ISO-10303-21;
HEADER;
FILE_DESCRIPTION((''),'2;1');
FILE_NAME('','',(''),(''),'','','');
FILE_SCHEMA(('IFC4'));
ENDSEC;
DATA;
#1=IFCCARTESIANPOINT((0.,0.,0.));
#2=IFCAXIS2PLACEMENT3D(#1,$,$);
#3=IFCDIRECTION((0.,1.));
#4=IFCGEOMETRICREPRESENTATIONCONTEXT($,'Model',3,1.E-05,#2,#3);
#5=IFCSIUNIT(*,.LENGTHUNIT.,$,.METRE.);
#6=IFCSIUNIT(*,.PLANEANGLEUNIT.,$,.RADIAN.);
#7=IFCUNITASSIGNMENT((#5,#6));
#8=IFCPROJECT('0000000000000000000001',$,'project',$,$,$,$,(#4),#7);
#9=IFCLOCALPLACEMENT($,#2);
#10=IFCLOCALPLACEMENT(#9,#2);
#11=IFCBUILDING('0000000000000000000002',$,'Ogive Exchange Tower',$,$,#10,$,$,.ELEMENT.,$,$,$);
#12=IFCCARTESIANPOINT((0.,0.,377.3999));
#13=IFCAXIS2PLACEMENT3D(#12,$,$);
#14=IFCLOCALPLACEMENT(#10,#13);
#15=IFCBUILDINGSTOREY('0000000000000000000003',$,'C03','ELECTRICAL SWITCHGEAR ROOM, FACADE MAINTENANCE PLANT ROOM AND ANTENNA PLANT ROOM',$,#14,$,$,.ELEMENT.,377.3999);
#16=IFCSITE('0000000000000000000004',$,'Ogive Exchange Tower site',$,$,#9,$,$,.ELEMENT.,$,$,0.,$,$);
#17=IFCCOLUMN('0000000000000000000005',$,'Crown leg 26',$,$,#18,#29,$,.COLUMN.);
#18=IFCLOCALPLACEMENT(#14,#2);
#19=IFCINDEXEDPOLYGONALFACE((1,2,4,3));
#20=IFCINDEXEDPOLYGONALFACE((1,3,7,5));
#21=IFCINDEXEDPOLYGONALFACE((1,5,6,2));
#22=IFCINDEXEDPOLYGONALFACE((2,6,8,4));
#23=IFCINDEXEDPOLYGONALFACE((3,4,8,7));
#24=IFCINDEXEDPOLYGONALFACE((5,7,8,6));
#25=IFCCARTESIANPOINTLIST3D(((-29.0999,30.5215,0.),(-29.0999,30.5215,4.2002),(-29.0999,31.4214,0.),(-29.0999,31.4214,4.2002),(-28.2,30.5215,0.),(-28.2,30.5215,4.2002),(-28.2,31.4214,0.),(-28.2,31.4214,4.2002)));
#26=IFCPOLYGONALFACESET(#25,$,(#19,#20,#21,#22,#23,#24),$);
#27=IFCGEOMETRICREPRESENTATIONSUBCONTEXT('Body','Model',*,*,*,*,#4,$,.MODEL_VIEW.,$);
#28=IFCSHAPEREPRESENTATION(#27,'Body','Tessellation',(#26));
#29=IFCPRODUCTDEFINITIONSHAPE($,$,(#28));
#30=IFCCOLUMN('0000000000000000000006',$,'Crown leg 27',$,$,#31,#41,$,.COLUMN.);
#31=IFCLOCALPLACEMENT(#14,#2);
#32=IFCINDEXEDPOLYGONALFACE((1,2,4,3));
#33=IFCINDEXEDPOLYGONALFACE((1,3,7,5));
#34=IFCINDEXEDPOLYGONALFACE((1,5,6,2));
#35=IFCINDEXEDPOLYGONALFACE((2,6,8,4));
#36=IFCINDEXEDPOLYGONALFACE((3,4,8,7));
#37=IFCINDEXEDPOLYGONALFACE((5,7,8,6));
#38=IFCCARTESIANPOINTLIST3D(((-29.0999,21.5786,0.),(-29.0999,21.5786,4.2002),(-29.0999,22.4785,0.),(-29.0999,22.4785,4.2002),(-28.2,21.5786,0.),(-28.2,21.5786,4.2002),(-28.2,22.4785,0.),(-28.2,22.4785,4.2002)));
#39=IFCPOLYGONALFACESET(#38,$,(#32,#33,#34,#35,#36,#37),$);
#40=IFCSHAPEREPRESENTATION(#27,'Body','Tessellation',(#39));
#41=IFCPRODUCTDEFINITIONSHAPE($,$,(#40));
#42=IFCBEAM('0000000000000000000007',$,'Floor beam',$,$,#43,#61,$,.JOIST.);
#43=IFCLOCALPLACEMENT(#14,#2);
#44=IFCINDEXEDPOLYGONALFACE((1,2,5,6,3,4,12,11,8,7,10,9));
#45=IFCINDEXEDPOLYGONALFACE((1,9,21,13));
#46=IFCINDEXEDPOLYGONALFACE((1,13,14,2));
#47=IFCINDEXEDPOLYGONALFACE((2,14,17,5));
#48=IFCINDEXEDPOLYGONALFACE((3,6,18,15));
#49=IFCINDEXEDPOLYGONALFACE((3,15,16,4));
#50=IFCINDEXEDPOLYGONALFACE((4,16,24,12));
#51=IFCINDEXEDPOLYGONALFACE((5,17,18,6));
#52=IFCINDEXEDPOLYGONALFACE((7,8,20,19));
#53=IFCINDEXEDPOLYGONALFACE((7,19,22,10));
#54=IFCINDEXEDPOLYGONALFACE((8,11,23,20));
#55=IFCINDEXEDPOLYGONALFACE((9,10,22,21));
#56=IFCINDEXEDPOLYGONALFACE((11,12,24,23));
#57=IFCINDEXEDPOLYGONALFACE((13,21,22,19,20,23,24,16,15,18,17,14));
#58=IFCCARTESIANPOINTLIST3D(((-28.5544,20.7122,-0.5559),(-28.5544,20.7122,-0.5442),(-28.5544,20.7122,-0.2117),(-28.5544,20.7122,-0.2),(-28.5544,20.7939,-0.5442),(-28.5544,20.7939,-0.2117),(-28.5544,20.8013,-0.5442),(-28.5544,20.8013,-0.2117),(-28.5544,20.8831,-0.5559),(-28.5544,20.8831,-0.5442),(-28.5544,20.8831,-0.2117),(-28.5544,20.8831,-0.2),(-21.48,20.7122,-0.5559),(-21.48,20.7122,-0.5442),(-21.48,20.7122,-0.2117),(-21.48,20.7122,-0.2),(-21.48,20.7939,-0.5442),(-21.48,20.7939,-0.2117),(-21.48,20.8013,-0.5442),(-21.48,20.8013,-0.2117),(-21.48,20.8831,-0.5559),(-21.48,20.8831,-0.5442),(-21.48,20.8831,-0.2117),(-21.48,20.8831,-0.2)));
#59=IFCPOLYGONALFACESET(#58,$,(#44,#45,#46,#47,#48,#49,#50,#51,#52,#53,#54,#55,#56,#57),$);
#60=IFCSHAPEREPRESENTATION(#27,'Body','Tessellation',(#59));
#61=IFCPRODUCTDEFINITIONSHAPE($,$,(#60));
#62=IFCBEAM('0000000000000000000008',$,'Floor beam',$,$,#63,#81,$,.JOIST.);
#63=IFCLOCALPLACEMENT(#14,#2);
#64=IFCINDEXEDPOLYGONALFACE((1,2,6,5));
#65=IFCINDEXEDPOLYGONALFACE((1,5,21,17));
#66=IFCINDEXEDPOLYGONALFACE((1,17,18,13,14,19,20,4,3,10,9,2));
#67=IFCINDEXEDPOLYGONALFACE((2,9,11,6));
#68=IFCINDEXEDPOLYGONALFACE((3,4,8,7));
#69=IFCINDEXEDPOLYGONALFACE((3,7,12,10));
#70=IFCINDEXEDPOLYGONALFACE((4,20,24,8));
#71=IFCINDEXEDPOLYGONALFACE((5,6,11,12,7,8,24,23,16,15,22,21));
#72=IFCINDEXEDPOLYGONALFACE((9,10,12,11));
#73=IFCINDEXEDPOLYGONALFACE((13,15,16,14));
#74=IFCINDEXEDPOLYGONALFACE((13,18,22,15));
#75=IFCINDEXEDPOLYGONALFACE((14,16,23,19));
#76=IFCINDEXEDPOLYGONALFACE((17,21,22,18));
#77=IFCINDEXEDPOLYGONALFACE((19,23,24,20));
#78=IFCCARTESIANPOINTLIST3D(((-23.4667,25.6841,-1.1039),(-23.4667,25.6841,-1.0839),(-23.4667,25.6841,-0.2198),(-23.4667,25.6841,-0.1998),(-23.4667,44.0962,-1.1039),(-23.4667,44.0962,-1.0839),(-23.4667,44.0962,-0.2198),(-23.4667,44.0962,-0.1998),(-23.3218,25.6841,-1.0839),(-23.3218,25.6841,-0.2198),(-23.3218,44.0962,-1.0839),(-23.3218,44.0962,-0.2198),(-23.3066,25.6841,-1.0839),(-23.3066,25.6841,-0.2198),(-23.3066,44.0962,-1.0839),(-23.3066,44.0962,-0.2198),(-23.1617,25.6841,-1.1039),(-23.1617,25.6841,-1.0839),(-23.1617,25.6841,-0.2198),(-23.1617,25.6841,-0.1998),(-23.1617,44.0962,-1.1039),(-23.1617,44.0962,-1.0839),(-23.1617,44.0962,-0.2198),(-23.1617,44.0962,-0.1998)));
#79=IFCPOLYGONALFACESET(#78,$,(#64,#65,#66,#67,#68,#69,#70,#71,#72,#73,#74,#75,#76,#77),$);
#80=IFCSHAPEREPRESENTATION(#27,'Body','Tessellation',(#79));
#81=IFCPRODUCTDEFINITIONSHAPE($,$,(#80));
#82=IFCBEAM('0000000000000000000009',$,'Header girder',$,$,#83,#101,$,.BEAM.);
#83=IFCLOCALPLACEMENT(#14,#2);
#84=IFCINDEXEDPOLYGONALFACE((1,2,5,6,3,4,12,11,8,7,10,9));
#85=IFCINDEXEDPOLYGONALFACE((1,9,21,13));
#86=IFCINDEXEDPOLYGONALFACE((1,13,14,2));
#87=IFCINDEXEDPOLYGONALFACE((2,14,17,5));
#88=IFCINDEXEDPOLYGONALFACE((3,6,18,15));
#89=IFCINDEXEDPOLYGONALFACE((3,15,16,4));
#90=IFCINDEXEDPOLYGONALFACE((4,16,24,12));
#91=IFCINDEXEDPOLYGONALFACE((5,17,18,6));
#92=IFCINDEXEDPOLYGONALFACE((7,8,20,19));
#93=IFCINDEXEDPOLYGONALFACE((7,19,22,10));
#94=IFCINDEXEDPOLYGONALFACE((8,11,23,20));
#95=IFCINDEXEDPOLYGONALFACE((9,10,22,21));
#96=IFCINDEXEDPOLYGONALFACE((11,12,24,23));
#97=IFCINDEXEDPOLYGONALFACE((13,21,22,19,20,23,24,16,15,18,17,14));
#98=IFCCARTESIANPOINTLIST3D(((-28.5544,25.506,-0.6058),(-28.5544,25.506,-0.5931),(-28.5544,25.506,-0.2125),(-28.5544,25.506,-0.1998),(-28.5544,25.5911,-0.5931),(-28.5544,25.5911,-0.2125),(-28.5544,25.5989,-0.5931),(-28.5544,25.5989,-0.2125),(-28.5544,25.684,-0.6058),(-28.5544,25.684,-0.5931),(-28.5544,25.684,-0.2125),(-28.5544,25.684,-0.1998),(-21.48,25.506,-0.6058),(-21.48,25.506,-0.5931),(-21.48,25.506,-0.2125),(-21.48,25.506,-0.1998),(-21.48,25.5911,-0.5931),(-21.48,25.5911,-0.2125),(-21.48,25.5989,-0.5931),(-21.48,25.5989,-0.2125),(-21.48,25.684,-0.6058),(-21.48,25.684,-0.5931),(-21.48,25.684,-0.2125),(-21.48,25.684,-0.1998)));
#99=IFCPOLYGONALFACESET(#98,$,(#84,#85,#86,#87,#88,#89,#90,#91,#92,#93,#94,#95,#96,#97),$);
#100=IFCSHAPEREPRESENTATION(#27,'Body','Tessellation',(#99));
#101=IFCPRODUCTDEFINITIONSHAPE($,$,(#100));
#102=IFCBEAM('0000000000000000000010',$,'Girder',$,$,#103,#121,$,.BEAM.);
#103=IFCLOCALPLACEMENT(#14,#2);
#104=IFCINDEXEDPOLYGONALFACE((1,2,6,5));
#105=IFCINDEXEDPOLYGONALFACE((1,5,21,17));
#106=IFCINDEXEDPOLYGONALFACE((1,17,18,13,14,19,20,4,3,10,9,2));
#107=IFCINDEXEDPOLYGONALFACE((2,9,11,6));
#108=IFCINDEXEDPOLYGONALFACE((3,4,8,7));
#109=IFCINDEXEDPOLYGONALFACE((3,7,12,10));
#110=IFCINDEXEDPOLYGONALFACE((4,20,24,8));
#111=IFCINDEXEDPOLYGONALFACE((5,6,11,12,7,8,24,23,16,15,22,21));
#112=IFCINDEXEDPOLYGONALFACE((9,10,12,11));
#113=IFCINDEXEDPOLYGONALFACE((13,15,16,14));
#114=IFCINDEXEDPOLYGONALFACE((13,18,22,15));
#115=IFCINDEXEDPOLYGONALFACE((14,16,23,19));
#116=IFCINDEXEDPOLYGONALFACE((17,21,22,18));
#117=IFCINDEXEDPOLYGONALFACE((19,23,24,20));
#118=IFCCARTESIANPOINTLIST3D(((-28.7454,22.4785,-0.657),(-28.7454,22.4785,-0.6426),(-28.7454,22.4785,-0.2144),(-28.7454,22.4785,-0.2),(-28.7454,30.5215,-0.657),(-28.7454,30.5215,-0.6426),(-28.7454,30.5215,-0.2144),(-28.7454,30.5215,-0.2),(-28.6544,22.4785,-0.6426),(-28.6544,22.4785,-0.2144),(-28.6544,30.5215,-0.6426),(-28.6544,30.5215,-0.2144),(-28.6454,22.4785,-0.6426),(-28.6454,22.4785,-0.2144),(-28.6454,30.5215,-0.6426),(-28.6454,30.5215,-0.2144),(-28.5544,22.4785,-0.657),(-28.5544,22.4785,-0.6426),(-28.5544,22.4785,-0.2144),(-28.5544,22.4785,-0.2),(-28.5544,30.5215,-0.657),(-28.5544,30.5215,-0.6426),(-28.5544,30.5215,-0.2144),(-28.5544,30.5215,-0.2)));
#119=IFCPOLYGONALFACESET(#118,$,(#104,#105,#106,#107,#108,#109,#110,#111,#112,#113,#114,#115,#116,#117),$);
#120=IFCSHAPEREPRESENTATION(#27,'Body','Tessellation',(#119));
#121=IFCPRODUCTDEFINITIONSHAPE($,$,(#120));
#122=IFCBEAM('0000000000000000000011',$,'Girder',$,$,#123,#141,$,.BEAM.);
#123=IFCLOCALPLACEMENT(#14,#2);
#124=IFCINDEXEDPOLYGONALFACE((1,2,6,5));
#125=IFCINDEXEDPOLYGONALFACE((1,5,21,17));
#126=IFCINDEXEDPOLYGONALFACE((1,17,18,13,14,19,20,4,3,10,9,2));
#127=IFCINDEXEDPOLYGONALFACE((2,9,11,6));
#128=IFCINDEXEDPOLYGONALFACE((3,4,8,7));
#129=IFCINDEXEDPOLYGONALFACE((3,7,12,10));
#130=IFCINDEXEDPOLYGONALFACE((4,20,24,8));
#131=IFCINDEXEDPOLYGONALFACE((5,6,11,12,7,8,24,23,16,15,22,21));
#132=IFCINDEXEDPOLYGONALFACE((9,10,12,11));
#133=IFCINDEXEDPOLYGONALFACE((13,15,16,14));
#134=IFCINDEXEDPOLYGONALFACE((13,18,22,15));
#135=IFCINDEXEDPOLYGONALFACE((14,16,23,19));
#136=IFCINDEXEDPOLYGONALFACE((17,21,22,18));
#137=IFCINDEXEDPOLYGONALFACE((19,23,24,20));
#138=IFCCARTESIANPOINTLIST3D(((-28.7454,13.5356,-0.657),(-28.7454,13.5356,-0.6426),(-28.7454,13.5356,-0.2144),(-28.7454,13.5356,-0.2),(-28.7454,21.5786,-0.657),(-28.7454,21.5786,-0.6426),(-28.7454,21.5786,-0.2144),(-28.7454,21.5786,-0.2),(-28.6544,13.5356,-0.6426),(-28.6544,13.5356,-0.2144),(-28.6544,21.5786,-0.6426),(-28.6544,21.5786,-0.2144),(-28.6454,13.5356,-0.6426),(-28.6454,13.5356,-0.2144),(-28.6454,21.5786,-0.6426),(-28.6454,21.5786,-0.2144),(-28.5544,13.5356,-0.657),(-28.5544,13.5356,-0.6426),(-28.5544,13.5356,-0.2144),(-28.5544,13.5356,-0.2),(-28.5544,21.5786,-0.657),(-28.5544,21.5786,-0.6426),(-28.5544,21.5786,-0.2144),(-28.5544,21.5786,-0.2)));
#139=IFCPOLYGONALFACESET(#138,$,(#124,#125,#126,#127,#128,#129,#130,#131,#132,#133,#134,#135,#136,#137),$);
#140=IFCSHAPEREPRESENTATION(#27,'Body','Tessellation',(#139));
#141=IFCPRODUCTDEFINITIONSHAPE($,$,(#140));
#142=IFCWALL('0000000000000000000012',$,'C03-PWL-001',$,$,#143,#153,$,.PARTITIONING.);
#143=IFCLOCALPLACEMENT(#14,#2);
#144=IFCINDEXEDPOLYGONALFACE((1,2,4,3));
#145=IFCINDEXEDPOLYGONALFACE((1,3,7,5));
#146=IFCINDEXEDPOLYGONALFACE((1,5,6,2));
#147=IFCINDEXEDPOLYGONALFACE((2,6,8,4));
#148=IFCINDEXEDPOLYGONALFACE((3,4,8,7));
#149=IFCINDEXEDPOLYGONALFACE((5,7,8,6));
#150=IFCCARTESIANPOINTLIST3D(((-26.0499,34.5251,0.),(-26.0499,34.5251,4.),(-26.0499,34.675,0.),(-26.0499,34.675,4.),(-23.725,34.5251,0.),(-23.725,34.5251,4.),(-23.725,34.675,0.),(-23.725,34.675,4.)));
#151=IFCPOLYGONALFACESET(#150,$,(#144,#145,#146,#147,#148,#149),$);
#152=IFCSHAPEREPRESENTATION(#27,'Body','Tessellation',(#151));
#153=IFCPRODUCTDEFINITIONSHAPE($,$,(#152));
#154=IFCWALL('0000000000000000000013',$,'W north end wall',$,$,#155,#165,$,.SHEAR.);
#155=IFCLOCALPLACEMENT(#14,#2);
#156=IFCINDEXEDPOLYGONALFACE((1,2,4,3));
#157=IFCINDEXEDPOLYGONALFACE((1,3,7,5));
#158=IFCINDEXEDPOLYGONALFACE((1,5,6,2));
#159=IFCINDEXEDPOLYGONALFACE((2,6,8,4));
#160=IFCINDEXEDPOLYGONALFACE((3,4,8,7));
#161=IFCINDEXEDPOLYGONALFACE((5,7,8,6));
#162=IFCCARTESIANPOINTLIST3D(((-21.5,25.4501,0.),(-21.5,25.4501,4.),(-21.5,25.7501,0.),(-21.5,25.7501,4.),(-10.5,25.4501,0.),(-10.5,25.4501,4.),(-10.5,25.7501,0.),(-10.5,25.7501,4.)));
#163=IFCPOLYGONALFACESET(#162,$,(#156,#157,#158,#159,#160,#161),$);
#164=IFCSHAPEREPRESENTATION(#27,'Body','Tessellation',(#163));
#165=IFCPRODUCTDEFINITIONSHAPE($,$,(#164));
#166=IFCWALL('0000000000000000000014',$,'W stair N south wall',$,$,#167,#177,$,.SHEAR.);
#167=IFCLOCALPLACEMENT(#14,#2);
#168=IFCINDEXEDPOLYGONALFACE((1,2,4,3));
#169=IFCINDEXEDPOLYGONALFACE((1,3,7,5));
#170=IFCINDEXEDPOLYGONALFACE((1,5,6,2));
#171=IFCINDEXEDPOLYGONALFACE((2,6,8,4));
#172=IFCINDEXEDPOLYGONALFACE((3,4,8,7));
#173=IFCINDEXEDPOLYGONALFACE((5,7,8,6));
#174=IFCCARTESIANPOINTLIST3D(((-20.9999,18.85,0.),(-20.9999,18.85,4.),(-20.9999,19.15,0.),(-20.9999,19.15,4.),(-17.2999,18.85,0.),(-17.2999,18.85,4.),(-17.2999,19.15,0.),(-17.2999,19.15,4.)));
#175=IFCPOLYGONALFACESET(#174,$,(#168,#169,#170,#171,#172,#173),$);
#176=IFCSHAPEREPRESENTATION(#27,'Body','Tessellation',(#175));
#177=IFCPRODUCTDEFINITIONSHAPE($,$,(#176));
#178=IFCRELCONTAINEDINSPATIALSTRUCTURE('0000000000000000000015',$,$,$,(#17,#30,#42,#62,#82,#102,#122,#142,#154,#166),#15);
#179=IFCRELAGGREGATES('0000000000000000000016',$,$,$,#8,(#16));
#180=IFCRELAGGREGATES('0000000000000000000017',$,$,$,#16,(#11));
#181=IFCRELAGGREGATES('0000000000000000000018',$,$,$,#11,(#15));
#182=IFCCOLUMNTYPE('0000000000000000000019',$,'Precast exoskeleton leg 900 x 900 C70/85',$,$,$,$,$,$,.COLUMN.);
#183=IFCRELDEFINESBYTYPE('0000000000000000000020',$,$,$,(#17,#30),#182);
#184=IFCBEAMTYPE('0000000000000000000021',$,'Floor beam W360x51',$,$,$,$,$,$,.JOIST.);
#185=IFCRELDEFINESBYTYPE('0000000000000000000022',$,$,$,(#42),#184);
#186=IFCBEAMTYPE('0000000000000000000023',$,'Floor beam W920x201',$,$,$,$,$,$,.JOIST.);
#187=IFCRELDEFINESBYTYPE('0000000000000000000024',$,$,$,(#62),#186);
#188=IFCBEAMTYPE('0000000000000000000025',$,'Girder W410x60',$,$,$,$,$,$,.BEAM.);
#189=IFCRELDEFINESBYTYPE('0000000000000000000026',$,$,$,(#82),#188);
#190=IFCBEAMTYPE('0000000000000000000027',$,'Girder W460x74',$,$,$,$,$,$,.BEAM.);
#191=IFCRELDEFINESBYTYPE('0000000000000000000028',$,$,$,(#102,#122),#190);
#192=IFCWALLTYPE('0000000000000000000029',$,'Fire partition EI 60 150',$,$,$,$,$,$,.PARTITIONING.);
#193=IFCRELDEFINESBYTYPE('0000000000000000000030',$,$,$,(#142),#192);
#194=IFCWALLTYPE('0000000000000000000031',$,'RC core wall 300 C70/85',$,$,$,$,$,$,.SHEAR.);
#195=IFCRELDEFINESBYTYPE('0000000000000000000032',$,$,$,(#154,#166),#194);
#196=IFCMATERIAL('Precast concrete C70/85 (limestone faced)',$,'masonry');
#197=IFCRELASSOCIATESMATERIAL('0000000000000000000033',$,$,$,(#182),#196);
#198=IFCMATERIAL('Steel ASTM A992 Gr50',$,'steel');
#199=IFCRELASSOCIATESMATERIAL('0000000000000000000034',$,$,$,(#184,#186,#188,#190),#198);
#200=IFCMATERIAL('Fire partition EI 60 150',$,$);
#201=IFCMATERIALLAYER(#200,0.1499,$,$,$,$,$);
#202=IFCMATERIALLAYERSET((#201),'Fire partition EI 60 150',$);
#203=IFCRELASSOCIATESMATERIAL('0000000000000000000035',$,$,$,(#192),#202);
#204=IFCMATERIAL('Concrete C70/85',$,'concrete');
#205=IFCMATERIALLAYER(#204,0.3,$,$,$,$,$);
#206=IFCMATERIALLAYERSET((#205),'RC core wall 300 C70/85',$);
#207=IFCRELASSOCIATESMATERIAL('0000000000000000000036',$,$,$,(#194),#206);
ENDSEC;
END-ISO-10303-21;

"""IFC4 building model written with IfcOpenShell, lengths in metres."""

from ifc_helpers import new_model, si_unit, direction, frame, frame_2d, origin, origin_2d, place, context, subcontext, project, spatial, rectangle, i_section, extrude, material, layer, layer_set, material_profile, profile_set, type_object, element, save


model = new_model("IFC4")

# Units and contexts
model_context = context("Model", 3, precision=1e-05, world=origin(), true_north=direction((0.0, 1.0)))
body_context = subcontext(model_context, "Body", "Model", "MODEL_VIEW")
ifc_project = project(units=[si_unit("LENGTHUNIT", "METRE"), si_unit("PLANEANGLEUNIT", "RADIAN")], contexts=[model_context])

# Site, building, storey
site_placement = place(None, origin())
site = spatial("IfcSite", under=ifc_project, at=site_placement, Name="Ogive Exchange Tower site", CompositionType="ELEMENT", RefElevation=0.0)
building_placement = place(site_placement, origin())
building = spatial("IfcBuilding", under=site, at=building_placement, Name="Ogive Exchange Tower", CompositionType="ELEMENT")
storey_placement = place(building_placement, frame((0.0, 0.0, 377.3999)))
storey = spatial("IfcBuildingStorey", under=building, at=storey_placement, Name="C03", Description="ELECTRICAL SWITCHGEAR ROOM, FACADE MAINTENANCE PLANT ROOM AND ANTENNA PLANT ROOM", CompositionType="ELEMENT", Elevation=377.3999)

# Columns
ifc_material_1 = material(Name="Precast concrete C70/85 (limestone faced)", Category="masonry")
ifc_material_profile_1 = material_profile(ifc_material_1, rectangle(XDim=0.8999, YDim=0.8999, at=origin_2d()), Name="900 x 900")
ifc_profile_set_1 = profile_set([ifc_material_profile_1], Name="Precast concrete C70/85 (limestone faced)")
column_type = type_object("IfcColumnType", Name="Precast exoskeleton leg 900 x 900 C70/85", PredefinedType="COLUMN", material=ifc_profile_set_1)
for number, where, z_axis, x_axis, name in (
    (1, (-28.6499, 30.9714, 0.0), (0.0, 0.0, 1.0), (1.0, 0.0, 0.0), "Crown leg 26"),
    (2, (-28.6499, 22.0286, 0.0), (0.0, 0.0, 1.0), (1.0, 0.0, 0.0), "Crown leg 27"),
):
    element("IfcColumn", number, at=place(storey_placement, frame(where, z_axis=z_axis, x_axis=x_axis)), inside=storey, type_object=column_type, Name=name, PredefinedType="COLUMN", context=body_context, shape_type="SweptSolid", body=[
        extrude(rectangle(XDim=0.8999, YDim=0.8999, at=origin_2d()), origin(), (0.0, 0.0, 1.0), 4.2002),
    ])

# Beams
ifc_material_2 = material(Name="Steel ASTM A992 Gr50", Category="steel")
ifc_material_profile_2 = material_profile(ifc_material_2, i_section(OverallWidth=0.1709, OverallDepth=0.356, WebThickness=0.0073, FlangeThickness=0.0117, at=origin_2d()), Name="W360x51")
ifc_profile_set_2 = profile_set([ifc_material_profile_2], Name="Steel ASTM A992 Gr50")
beam_type_1 = type_object("IfcBeamType", Name="Floor beam W360x51", PredefinedType="JOIST", material=ifc_profile_set_2)
beam_1_placement = place(storey_placement, frame((-28.5544, 20.7976, -0.3779), z_axis=(1.0, 0.0, 0.0), x_axis=(0.0, 1.0, 0.0)))
element("IfcBeam", 3, at=beam_1_placement, inside=storey, type_object=beam_type_1, Name="Floor beam", PredefinedType="JOIST", context=body_context, shape_type="SweptSolid", body=[
    extrude(i_section(OverallWidth=0.1709, OverallDepth=0.356, WebThickness=0.0073, FlangeThickness=0.0117, at=origin_2d()), origin(), (0.0, 0.0, 1.0), 7.0745),
])
ifc_material_profile_3 = material_profile(ifc_material_2, i_section(OverallWidth=0.3049, OverallDepth=0.9041, WebThickness=0.0151, FlangeThickness=0.02, at=origin_2d()), Name="W920x201")
ifc_profile_set_3 = profile_set([ifc_material_profile_3], Name="Steel ASTM A992 Gr50")
beam_type_2 = type_object("IfcBeamType", Name="Floor beam W920x201", PredefinedType="JOIST", material=ifc_profile_set_3)
beam_2_placement = place(storey_placement, frame((-23.3142, 25.6841, -0.6519), z_axis=(0.0, 1.0, 0.0), x_axis=(-1.0, 0.0, 0.0)))
element("IfcBeam", 4, at=beam_2_placement, inside=storey, type_object=beam_type_2, Name="Floor beam", PredefinedType="JOIST", context=body_context, shape_type="SweptSolid", body=[
    extrude(i_section(OverallWidth=0.3049, OverallDepth=0.9041, WebThickness=0.0151, FlangeThickness=0.02, at=origin_2d()), origin(), (0.0, 0.0, 1.0), 18.4121),
])
ifc_material_profile_4 = material_profile(ifc_material_2, i_section(OverallWidth=0.178, OverallDepth=0.406, WebThickness=0.0078, FlangeThickness=0.0127, at=origin_2d()), Name="W410x60")
ifc_profile_set_4 = profile_set([ifc_material_profile_4], Name="Steel ASTM A992 Gr50")
beam_type_3 = type_object("IfcBeamType", Name="Girder W410x60", PredefinedType="BEAM", material=ifc_profile_set_4)
beam_3_placement = place(storey_placement, frame((-28.5544, 25.595, -0.4028), z_axis=(1.0, 0.0, 0.0), x_axis=(0.0, 1.0, 0.0)))
element("IfcBeam", 5, at=beam_3_placement, inside=storey, type_object=beam_type_3, Name="Header girder", PredefinedType="BEAM", context=body_context, shape_type="SweptSolid", body=[
    extrude(i_section(OverallWidth=0.178, OverallDepth=0.406, WebThickness=0.0078, FlangeThickness=0.0127, at=origin_2d()), origin(), (0.0, 0.0, 1.0), 7.0745),
])
ifc_material_profile_5 = material_profile(ifc_material_2, i_section(OverallWidth=0.1909, OverallDepth=0.457, WebThickness=0.009, FlangeThickness=0.0144, at=origin_2d()), Name="W460x74")
ifc_profile_set_5 = profile_set([ifc_material_profile_5], Name="Steel ASTM A992 Gr50")
beam_type_4 = type_object("IfcBeamType", Name="Girder W460x74", PredefinedType="BEAM", material=ifc_profile_set_5)
for number, where, z_axis, x_axis, name in (
    (6, (-28.6499, 30.5215, -0.4285), (0.0, -1.0, 0.0), (1.0, 0.0, 0.0), "Girder"),
    (7, (-28.6499, 21.5786, -0.4285), (0.0, -1.0, 0.0), (1.0, 0.0, 0.0), "Girder"),
):
    element("IfcBeam", number, at=place(storey_placement, frame(where, z_axis=z_axis, x_axis=x_axis)), inside=storey, type_object=beam_type_4, Name=name, PredefinedType="BEAM", context=body_context, shape_type="SweptSolid", body=[
        extrude(i_section(OverallWidth=0.1909, OverallDepth=0.457, WebThickness=0.009, FlangeThickness=0.0144, at=origin_2d()), origin(), (0.0, 0.0, 1.0), 8.043),
    ])

# Walls
ifc_material_3 = material(Name="Fire partition EI 60 150")
ifc_layer_1 = layer(ifc_material_3, 0.1499)
ifc_layer_set_1 = layer_set([ifc_layer_1], Name="Fire partition EI 60 150")
wall_type_1 = type_object("IfcWallType", Name="Fire partition EI 60 150", PredefinedType="PARTITIONING", material=ifc_layer_set_1)
wall_1_placement = place(storey_placement, frame((-26.05, 34.6001, 0.0), z_axis=(0.0, 0.0, 1.0), x_axis=(1.0, 0.0, 0.0)))
element("IfcWall", 8, at=wall_1_placement, inside=storey, type_object=wall_type_1, Name="C03-PWL-001", PredefinedType="PARTITIONING", context=body_context, shape_type="SweptSolid", body=[
    extrude(rectangle(XDim=2.325, YDim=0.1499, at=frame_2d((1.1626, 0.0))), origin(), (0.0, 0.0, 1.0), 4.0),
])
ifc_material_4 = material(Name="Concrete C70/85", Category="concrete")
ifc_layer_2 = layer(ifc_material_4, 0.3)
ifc_layer_set_2 = layer_set([ifc_layer_2], Name="RC core wall 300 C70/85")
wall_type_2 = type_object("IfcWallType", Name="RC core wall 300 C70/85", PredefinedType="SHEAR", material=ifc_layer_set_2)
wall_2_placement = place(storey_placement, frame((-21.5, 25.6001, 0.0), z_axis=(0.0, 0.0, 1.0), x_axis=(1.0, 0.0, 0.0)))
element("IfcWall", 9, at=wall_2_placement, inside=storey, type_object=wall_type_2, Name="W north end wall", PredefinedType="SHEAR", context=body_context, shape_type="SweptSolid", body=[
    extrude(rectangle(XDim=11.0, YDim=0.3, at=frame_2d((5.5, 0.0))), origin(), (0.0, 0.0, 1.0), 4.0),
])
wall_3_placement = place(storey_placement, frame((-21.0, 19.0, 0.0), z_axis=(0.0, 0.0, 1.0), x_axis=(1.0, 0.0, 0.0)))
element("IfcWall", 10, at=wall_3_placement, inside=storey, type_object=wall_type_2, Name="W stair N south wall", PredefinedType="SHEAR", context=body_context, shape_type="SweptSolid", body=[
    extrude(rectangle(XDim=3.7, YDim=0.3, at=frame_2d((1.8501, 0.0))), origin(), (0.0, 0.0, 1.0), 4.0),
])

save(model, "model.ifc")
